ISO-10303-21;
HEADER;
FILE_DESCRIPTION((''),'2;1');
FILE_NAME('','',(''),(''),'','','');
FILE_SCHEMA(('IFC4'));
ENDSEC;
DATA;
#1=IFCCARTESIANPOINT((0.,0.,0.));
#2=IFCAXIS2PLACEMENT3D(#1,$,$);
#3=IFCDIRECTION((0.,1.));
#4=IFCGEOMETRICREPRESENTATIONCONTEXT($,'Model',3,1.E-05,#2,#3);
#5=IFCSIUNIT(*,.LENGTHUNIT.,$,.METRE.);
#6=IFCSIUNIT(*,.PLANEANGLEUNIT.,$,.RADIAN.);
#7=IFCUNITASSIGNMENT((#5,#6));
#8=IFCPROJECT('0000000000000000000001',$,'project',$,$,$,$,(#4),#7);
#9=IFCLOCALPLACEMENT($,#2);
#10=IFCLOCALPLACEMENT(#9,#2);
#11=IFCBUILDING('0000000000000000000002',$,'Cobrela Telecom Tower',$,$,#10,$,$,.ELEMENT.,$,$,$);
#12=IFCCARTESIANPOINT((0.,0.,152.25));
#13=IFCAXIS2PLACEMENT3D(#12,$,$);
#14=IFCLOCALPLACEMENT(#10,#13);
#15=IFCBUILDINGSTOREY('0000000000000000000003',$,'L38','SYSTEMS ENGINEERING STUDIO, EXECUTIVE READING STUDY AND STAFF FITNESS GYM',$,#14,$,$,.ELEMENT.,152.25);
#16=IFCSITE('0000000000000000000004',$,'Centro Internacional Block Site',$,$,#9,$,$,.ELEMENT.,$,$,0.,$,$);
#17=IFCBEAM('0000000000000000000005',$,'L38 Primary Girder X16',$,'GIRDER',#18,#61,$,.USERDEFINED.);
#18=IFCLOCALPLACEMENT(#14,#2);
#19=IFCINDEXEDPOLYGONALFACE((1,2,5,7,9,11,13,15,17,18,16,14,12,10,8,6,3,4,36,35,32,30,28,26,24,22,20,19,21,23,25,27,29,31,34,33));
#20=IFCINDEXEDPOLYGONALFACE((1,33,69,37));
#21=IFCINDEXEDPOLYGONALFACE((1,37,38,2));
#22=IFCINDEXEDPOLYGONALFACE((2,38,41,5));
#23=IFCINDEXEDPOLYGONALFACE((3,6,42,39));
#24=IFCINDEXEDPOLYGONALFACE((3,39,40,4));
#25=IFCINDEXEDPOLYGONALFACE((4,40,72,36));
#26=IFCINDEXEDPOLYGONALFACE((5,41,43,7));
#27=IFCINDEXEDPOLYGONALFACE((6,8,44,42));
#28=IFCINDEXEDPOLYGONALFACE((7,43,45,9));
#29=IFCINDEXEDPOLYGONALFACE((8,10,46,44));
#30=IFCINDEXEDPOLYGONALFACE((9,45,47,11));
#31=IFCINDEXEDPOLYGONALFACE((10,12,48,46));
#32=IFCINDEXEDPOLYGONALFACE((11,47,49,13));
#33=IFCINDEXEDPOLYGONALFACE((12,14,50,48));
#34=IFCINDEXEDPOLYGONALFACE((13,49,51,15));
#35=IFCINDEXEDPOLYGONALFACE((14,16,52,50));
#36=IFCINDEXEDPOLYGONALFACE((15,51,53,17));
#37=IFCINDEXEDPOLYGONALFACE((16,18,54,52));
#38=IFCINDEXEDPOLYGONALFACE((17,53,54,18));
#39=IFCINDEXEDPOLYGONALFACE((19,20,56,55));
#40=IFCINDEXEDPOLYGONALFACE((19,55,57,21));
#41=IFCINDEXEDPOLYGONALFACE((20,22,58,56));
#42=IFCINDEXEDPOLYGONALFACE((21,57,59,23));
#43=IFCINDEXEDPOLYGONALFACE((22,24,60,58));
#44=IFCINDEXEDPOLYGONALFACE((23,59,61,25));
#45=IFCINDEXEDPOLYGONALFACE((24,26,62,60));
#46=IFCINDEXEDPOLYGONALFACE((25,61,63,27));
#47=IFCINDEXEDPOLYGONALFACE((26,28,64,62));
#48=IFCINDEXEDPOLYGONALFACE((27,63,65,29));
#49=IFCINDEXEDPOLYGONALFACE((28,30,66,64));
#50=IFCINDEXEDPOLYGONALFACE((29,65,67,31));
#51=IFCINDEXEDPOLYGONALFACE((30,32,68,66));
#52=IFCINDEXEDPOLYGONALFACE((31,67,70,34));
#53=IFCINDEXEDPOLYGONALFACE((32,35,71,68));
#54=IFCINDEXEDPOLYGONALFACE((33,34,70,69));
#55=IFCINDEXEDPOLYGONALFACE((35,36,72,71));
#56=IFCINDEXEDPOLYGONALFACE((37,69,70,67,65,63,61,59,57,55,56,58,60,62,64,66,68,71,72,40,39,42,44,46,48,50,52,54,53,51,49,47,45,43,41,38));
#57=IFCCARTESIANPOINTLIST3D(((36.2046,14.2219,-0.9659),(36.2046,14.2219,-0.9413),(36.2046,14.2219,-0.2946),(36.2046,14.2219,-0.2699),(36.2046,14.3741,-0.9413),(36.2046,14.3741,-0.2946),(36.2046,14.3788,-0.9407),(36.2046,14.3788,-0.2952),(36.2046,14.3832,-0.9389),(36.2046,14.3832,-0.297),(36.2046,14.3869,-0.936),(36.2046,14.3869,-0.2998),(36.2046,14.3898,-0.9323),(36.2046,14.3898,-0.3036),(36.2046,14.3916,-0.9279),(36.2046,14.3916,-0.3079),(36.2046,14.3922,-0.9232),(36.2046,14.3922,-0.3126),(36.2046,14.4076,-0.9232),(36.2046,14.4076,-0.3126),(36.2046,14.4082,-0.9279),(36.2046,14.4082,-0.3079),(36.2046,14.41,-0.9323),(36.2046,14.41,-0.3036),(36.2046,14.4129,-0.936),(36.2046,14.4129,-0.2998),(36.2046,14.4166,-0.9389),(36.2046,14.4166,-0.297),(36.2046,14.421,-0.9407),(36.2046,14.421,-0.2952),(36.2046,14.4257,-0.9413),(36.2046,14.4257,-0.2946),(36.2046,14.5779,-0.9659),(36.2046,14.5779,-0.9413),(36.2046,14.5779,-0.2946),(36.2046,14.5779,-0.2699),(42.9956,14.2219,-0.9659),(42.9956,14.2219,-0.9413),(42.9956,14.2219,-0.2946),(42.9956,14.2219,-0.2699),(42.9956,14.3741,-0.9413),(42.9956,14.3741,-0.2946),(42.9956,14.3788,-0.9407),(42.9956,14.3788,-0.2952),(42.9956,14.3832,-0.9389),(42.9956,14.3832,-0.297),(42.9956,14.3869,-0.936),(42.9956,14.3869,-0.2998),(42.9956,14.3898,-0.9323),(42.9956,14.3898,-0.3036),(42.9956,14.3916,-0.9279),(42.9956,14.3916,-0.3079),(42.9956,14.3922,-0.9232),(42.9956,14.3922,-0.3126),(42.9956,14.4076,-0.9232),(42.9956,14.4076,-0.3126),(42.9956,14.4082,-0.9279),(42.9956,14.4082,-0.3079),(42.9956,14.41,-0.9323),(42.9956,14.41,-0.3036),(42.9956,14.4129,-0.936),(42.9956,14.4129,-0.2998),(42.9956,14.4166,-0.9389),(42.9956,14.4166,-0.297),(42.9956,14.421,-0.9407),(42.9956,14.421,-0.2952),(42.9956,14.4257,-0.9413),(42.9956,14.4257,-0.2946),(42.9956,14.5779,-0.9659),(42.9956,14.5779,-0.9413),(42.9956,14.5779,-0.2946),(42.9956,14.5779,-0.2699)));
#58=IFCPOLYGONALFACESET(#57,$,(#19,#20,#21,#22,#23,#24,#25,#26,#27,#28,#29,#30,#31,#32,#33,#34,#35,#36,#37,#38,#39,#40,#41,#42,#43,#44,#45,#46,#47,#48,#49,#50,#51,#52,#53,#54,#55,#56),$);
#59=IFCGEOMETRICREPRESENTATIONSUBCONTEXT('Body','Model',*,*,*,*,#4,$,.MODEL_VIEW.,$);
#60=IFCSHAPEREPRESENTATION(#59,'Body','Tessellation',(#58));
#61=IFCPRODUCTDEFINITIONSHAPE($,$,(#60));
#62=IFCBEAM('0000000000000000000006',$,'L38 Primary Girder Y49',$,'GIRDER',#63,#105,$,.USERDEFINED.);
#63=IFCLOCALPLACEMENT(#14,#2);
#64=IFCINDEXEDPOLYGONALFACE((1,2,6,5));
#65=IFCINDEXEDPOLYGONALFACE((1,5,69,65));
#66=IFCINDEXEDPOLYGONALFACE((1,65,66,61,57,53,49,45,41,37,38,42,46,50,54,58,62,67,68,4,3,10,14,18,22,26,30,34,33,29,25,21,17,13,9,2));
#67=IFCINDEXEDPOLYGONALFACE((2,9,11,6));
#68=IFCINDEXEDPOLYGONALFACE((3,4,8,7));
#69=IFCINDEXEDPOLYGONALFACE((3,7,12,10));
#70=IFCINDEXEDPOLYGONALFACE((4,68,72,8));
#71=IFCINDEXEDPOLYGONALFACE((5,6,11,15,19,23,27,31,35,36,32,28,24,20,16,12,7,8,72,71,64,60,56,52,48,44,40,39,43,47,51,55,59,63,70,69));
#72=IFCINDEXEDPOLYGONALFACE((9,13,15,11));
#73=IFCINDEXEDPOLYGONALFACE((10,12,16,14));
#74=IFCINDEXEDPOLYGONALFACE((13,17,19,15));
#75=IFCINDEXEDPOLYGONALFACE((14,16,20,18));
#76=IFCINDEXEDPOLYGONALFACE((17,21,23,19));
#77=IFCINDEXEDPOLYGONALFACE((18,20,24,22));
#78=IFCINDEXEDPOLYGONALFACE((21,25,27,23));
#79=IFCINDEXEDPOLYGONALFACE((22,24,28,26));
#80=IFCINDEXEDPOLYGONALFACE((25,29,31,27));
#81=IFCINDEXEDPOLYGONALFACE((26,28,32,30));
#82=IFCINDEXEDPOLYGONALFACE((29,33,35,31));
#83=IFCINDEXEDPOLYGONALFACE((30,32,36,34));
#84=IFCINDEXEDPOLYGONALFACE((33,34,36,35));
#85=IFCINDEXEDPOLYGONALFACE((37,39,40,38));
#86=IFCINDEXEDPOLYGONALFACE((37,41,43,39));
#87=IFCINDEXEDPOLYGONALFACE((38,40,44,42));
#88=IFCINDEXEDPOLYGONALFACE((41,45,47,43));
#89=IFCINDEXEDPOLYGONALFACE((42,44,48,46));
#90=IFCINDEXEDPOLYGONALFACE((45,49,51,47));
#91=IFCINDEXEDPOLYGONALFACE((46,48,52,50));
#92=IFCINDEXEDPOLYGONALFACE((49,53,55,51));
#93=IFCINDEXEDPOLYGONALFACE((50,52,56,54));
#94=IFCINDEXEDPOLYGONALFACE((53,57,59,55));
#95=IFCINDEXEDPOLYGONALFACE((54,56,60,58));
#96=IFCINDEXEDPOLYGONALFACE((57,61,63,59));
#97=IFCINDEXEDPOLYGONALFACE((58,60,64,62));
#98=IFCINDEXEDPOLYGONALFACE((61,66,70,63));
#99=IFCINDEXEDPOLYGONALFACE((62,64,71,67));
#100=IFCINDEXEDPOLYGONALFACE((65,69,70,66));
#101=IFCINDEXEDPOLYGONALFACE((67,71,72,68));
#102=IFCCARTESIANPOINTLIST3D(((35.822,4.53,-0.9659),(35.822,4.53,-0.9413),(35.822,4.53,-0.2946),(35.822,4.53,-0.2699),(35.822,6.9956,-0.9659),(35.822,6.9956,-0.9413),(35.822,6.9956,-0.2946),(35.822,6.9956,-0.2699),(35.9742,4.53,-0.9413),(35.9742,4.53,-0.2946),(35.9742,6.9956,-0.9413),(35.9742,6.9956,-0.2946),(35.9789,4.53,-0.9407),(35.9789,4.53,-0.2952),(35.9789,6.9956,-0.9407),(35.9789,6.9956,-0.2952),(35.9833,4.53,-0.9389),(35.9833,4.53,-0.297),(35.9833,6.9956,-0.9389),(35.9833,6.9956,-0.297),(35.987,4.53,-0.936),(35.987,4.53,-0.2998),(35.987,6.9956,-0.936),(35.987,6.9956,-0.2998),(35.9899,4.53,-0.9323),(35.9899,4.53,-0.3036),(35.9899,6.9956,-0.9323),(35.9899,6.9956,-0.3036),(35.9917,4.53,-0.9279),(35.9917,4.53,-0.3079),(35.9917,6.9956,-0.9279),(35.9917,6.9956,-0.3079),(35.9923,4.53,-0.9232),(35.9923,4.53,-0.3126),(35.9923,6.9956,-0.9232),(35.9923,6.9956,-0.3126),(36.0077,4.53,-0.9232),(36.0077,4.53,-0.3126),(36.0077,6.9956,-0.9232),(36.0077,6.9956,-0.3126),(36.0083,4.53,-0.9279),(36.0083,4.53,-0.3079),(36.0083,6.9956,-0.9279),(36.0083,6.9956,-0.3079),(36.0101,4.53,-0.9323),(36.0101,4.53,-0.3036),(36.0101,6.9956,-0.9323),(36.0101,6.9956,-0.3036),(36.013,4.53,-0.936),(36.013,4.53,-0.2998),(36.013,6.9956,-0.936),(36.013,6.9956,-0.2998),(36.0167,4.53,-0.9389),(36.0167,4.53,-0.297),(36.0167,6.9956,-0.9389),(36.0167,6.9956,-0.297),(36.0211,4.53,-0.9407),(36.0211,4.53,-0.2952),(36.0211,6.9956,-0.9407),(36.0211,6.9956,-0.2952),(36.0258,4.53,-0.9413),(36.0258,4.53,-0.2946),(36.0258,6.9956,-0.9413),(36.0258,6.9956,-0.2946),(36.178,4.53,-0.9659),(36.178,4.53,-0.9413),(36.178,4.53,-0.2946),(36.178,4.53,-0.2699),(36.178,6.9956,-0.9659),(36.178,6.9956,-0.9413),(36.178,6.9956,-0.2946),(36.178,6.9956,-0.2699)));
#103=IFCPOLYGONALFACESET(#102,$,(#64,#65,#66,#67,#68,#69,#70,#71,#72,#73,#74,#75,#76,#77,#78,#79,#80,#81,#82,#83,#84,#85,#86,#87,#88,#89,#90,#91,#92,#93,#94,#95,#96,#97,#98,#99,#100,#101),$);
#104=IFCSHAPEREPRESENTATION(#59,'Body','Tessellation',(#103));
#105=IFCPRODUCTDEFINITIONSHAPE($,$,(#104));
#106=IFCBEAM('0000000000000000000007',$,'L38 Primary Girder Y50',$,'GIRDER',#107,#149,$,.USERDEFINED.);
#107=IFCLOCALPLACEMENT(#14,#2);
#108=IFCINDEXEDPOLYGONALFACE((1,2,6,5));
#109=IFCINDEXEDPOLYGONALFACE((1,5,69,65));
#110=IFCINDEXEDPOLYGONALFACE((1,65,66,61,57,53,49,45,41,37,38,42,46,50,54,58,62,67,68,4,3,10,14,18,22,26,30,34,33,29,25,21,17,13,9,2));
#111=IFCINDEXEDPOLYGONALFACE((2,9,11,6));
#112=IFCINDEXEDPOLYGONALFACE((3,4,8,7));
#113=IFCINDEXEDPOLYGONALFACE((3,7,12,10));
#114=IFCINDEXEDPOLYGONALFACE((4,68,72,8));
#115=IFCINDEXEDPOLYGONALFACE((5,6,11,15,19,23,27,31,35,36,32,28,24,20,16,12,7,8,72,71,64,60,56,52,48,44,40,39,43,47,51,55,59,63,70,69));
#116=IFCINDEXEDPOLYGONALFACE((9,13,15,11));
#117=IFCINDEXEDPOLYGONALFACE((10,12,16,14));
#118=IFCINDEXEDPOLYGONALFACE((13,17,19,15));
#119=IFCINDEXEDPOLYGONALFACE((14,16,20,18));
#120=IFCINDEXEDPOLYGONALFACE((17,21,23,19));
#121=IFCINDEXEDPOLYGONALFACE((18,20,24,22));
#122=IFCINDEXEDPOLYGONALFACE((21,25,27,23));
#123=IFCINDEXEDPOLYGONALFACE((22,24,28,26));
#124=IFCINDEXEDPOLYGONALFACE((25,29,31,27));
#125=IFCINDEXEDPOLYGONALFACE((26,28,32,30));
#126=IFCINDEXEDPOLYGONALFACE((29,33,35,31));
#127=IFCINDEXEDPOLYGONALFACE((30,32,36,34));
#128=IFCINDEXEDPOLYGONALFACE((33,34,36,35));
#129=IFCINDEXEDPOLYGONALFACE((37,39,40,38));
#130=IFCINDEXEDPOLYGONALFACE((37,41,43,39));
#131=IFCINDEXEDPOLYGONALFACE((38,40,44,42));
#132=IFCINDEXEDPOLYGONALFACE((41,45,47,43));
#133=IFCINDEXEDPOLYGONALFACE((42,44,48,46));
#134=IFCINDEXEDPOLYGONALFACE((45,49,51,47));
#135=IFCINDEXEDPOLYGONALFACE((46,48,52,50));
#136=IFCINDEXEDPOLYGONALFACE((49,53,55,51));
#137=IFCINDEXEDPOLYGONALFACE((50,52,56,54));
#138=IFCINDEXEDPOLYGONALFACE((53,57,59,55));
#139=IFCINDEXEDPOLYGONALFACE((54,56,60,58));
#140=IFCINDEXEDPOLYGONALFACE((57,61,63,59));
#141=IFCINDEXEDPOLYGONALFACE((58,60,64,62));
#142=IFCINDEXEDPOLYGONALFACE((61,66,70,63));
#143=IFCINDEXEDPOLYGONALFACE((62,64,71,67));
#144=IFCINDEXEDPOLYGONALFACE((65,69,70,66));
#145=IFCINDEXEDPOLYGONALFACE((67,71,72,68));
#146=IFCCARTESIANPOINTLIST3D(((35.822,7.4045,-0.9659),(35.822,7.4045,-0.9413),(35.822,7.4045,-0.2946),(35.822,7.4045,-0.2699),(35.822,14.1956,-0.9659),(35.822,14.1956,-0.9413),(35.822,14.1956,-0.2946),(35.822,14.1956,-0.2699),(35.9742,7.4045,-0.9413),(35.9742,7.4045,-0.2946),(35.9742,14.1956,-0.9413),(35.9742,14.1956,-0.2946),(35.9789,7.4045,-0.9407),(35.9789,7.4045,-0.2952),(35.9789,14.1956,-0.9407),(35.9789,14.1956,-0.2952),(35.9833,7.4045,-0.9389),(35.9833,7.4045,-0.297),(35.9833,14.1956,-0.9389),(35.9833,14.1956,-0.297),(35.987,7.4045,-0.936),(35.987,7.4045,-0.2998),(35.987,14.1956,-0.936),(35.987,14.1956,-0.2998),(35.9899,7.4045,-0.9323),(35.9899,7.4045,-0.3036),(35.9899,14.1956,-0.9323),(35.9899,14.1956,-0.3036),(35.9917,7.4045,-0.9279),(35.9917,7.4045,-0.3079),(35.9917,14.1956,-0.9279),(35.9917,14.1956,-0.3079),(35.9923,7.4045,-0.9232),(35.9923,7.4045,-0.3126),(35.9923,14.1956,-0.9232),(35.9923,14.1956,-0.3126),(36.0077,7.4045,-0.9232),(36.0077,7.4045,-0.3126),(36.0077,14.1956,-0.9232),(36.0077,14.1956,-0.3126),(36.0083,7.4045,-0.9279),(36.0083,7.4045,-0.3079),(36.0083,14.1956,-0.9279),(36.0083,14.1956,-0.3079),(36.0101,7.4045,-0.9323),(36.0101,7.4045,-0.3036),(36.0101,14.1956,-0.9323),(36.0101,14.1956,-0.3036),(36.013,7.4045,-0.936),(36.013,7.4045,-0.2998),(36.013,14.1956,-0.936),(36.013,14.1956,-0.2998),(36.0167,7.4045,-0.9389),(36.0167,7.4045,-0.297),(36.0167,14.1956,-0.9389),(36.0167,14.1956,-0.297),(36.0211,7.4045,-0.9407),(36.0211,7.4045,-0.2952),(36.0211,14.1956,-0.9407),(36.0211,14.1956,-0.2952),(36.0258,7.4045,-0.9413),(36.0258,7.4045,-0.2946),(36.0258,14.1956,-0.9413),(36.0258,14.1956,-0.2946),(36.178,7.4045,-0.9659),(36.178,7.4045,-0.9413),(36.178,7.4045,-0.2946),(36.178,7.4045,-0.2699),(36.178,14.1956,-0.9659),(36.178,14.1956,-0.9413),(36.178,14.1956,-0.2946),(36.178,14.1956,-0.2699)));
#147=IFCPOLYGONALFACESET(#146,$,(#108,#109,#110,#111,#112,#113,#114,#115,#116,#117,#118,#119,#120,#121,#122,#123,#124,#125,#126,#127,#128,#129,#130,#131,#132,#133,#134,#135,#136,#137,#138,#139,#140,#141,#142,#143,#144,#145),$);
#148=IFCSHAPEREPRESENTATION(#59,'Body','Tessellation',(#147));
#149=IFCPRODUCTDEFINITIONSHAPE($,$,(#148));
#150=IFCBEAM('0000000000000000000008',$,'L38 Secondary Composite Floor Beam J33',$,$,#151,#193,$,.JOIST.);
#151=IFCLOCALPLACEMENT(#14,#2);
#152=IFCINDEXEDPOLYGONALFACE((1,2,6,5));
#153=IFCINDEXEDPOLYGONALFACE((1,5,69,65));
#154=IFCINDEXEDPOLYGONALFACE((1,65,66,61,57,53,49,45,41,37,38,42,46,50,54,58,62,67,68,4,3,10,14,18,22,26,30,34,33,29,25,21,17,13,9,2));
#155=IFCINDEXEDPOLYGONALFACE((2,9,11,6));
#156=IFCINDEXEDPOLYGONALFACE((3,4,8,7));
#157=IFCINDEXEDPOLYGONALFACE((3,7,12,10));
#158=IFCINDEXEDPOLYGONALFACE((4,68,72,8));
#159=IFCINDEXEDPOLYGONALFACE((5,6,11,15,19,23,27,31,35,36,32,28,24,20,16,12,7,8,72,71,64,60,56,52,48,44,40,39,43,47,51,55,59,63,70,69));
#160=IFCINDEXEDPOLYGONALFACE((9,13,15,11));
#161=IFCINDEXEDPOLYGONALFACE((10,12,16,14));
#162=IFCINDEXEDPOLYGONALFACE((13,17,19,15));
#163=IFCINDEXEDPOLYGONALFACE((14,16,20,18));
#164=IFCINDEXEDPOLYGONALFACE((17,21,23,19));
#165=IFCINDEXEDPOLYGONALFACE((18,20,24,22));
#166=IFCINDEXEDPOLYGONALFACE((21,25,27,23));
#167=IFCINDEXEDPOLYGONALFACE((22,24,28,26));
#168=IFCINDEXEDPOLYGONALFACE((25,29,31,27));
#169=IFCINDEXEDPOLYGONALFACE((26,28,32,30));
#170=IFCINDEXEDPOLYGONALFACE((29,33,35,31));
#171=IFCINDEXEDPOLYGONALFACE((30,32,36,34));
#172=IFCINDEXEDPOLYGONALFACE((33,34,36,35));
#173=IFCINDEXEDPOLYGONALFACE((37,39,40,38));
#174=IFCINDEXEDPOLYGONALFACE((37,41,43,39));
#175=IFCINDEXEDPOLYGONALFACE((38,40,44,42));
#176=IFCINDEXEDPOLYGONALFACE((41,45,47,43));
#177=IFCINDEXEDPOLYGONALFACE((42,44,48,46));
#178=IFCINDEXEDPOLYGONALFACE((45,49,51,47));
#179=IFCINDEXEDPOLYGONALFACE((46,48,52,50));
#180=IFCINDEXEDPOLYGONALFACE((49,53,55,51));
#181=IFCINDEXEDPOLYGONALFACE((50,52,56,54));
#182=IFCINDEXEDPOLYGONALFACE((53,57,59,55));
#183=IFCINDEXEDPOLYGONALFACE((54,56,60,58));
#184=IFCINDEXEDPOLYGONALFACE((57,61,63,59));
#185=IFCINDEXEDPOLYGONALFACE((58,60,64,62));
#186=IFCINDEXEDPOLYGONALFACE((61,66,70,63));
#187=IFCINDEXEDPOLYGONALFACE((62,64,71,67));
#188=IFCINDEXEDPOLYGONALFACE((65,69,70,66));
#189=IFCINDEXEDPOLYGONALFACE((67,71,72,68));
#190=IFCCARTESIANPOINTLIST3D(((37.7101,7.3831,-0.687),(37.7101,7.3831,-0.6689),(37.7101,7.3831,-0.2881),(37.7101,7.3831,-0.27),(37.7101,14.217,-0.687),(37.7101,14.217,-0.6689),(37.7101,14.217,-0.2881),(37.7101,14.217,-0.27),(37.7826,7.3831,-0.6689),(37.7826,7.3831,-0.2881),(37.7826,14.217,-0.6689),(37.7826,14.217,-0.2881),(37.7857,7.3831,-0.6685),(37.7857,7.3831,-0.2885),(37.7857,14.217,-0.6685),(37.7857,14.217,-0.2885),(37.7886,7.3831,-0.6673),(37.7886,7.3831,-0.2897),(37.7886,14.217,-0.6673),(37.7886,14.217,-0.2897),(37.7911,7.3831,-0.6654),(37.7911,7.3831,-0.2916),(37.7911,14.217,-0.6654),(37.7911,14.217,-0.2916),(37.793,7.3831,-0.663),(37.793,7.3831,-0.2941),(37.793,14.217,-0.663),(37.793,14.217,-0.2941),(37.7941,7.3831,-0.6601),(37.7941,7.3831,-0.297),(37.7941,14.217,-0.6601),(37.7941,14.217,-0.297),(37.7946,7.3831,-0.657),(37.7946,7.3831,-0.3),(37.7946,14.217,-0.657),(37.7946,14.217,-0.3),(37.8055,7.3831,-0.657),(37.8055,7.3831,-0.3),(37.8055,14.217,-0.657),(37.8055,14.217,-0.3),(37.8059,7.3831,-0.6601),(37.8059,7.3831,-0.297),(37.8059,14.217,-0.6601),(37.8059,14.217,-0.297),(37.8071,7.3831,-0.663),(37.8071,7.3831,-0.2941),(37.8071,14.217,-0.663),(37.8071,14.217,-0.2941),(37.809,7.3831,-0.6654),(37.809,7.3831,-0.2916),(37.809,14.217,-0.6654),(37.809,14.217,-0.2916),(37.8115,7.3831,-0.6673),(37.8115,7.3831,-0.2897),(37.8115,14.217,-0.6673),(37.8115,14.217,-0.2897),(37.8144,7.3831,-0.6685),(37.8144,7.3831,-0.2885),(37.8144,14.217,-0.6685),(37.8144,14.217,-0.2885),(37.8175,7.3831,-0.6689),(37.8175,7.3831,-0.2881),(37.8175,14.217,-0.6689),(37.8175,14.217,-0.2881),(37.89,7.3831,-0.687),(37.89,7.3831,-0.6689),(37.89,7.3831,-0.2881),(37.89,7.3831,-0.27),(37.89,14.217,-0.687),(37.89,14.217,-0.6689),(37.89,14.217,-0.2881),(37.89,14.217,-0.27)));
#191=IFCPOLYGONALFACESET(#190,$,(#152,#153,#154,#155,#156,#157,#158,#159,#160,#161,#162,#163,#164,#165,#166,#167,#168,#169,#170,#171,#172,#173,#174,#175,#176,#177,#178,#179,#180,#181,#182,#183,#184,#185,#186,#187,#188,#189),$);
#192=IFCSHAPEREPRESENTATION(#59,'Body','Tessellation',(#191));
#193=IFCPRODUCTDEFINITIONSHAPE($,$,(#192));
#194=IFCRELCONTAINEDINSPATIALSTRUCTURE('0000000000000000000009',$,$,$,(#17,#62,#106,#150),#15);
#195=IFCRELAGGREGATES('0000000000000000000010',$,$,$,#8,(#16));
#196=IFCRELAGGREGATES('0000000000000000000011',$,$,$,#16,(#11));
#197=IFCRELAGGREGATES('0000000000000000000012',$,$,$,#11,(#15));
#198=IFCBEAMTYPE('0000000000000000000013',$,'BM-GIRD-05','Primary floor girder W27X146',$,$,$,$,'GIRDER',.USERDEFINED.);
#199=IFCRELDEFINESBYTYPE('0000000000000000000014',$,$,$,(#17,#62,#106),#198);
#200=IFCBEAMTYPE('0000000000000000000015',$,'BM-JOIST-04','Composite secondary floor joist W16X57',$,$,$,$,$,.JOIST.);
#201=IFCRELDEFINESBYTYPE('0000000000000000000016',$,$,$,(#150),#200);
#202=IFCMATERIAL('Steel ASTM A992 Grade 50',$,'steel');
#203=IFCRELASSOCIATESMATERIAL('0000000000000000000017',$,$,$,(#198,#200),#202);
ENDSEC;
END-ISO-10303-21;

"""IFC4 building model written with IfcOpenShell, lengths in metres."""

from ifc_helpers import new_model, si_unit, direction, frame, origin, origin_2d, place, context, subcontext, project, spatial, i_section, extrude, material, material_profile, profile_set, type_object, element, save


model = new_model("IFC4")

# Units and contexts
model_context = context("Model", 3, precision=1e-05, world=origin(), true_north=direction((0.0, 1.0)))
body_context = subcontext(model_context, "Body", "Model", "MODEL_VIEW")
ifc_project = project(units=[si_unit("LENGTHUNIT", "METRE"), si_unit("PLANEANGLEUNIT", "RADIAN")], contexts=[model_context])

# Site, building, storey
site_placement = place(None, origin())
site = spatial("IfcSite", under=ifc_project, at=site_placement, Name="Centro Internacional Block Site", CompositionType="ELEMENT", RefElevation=0.0)
building_placement = place(site_placement, origin())
building = spatial("IfcBuilding", under=site, at=building_placement, Name="Cobrela Telecom Tower", CompositionType="ELEMENT")
storey_placement = place(building_placement, frame((0.0, 0.0, 152.25)))
storey = spatial("IfcBuildingStorey", under=building, at=storey_placement, Name="L38", Description="SYSTEMS ENGINEERING STUDIO, EXECUTIVE READING STUDY AND STAFF FITNESS GYM", CompositionType="ELEMENT", Elevation=152.25)

# Shared definitions
ifc_material_1 = material(Name="Steel ASTM A992 Grade 50", Category="steel")

# Beams
ifc_material_profile_1 = material_profile(ifc_material_1, i_section(OverallWidth=0.356, OverallDepth=0.696, WebThickness=0.0154, FlangeThickness=0.0247, FilletRadius=0.0181, at=origin_2d()), Name="W27X146")
ifc_profile_set_1 = profile_set([ifc_material_profile_1], Name="Steel ASTM A992 Grade 50")
beam_type_1 = type_object("IfcBeamType", Name="BM-GIRD-05", Description="Primary floor girder W27X146", ElementType="GIRDER", PredefinedType="USERDEFINED", material=ifc_profile_set_1)
beam_1_placement = place(storey_placement, frame((36.2046, 14.3999, -0.6179), z_axis=(1.0, 0.0, 0.0), x_axis=(0.0, 1.0, 0.0)))
element("IfcBeam", 1, at=beam_1_placement, inside=storey, type_object=beam_type_1, Name="L38 Primary Girder X16", ObjectType="GIRDER", PredefinedType="USERDEFINED", context=body_context, shape_type="SweptSolid", body=[
    extrude(i_section(OverallWidth=0.356, OverallDepth=0.696, WebThickness=0.0154, FlangeThickness=0.0247, FilletRadius=0.0181, at=origin_2d()), origin(), (0.0, 0.0, 1.0), 6.791),
])
beam_2_placement = place(storey_placement, frame((36.0, 4.53, -0.6179), z_axis=(0.0, 1.0, 0.0), x_axis=(-1.0, 0.0, 0.0)))
element("IfcBeam", 2, at=beam_2_placement, inside=storey, type_object=beam_type_1, Name="L38 Primary Girder Y49", ObjectType="GIRDER", PredefinedType="USERDEFINED", context=body_context, shape_type="SweptSolid", body=[
    extrude(i_section(OverallWidth=0.356, OverallDepth=0.696, WebThickness=0.0154, FlangeThickness=0.0247, FilletRadius=0.0181, at=origin_2d()), origin(), (0.0, 0.0, 1.0), 2.4656),
])
beam_3_placement = place(storey_placement, frame((36.0, 7.4045, -0.6179), z_axis=(0.0, 1.0, 0.0), x_axis=(-1.0, 0.0, 0.0)))
element("IfcBeam", 3, at=beam_3_placement, inside=storey, type_object=beam_type_1, Name="L38 Primary Girder Y50", ObjectType="GIRDER", PredefinedType="USERDEFINED", context=body_context, shape_type="SweptSolid", body=[
    extrude(i_section(OverallWidth=0.356, OverallDepth=0.696, WebThickness=0.0154, FlangeThickness=0.0247, FilletRadius=0.0181, at=origin_2d()), origin(), (0.0, 0.0, 1.0), 6.791),
])
ifc_material_profile_2 = material_profile(ifc_material_1, i_section(OverallWidth=0.1799, OverallDepth=0.417, WebThickness=0.011, FlangeThickness=0.0181, FilletRadius=0.012, at=origin_2d()), Name="W16X57")
ifc_profile_set_2 = profile_set([ifc_material_profile_2], Name="Steel ASTM A992 Grade 50")
beam_type_2 = type_object("IfcBeamType", Name="BM-JOIST-04", Description="Composite secondary floor joist W16X57", PredefinedType="JOIST", material=ifc_profile_set_2)
for number, where, z_axis, x_axis, name in (
    (4, (37.8, 7.3831, -0.4785), (0.0, 1.0, 0.0), (-1.0, 0.0, 0.0), "L38 Secondary Composite Floor Beam J33"),
):
    element("IfcBeam", number, at=place(storey_placement, frame(where, z_axis=z_axis, x_axis=x_axis)), inside=storey, type_object=beam_type_2, Name=name, PredefinedType="JOIST", context=body_context, shape_type="SweptSolid", body=[
        extrude(i_section(OverallWidth=0.1799, OverallDepth=0.417, WebThickness=0.011, FlangeThickness=0.0181, FilletRadius=0.012, at=origin_2d()), origin(), (0.0, 0.0, 1.0), 6.834),
    ])

save(model, "model.ifc")
